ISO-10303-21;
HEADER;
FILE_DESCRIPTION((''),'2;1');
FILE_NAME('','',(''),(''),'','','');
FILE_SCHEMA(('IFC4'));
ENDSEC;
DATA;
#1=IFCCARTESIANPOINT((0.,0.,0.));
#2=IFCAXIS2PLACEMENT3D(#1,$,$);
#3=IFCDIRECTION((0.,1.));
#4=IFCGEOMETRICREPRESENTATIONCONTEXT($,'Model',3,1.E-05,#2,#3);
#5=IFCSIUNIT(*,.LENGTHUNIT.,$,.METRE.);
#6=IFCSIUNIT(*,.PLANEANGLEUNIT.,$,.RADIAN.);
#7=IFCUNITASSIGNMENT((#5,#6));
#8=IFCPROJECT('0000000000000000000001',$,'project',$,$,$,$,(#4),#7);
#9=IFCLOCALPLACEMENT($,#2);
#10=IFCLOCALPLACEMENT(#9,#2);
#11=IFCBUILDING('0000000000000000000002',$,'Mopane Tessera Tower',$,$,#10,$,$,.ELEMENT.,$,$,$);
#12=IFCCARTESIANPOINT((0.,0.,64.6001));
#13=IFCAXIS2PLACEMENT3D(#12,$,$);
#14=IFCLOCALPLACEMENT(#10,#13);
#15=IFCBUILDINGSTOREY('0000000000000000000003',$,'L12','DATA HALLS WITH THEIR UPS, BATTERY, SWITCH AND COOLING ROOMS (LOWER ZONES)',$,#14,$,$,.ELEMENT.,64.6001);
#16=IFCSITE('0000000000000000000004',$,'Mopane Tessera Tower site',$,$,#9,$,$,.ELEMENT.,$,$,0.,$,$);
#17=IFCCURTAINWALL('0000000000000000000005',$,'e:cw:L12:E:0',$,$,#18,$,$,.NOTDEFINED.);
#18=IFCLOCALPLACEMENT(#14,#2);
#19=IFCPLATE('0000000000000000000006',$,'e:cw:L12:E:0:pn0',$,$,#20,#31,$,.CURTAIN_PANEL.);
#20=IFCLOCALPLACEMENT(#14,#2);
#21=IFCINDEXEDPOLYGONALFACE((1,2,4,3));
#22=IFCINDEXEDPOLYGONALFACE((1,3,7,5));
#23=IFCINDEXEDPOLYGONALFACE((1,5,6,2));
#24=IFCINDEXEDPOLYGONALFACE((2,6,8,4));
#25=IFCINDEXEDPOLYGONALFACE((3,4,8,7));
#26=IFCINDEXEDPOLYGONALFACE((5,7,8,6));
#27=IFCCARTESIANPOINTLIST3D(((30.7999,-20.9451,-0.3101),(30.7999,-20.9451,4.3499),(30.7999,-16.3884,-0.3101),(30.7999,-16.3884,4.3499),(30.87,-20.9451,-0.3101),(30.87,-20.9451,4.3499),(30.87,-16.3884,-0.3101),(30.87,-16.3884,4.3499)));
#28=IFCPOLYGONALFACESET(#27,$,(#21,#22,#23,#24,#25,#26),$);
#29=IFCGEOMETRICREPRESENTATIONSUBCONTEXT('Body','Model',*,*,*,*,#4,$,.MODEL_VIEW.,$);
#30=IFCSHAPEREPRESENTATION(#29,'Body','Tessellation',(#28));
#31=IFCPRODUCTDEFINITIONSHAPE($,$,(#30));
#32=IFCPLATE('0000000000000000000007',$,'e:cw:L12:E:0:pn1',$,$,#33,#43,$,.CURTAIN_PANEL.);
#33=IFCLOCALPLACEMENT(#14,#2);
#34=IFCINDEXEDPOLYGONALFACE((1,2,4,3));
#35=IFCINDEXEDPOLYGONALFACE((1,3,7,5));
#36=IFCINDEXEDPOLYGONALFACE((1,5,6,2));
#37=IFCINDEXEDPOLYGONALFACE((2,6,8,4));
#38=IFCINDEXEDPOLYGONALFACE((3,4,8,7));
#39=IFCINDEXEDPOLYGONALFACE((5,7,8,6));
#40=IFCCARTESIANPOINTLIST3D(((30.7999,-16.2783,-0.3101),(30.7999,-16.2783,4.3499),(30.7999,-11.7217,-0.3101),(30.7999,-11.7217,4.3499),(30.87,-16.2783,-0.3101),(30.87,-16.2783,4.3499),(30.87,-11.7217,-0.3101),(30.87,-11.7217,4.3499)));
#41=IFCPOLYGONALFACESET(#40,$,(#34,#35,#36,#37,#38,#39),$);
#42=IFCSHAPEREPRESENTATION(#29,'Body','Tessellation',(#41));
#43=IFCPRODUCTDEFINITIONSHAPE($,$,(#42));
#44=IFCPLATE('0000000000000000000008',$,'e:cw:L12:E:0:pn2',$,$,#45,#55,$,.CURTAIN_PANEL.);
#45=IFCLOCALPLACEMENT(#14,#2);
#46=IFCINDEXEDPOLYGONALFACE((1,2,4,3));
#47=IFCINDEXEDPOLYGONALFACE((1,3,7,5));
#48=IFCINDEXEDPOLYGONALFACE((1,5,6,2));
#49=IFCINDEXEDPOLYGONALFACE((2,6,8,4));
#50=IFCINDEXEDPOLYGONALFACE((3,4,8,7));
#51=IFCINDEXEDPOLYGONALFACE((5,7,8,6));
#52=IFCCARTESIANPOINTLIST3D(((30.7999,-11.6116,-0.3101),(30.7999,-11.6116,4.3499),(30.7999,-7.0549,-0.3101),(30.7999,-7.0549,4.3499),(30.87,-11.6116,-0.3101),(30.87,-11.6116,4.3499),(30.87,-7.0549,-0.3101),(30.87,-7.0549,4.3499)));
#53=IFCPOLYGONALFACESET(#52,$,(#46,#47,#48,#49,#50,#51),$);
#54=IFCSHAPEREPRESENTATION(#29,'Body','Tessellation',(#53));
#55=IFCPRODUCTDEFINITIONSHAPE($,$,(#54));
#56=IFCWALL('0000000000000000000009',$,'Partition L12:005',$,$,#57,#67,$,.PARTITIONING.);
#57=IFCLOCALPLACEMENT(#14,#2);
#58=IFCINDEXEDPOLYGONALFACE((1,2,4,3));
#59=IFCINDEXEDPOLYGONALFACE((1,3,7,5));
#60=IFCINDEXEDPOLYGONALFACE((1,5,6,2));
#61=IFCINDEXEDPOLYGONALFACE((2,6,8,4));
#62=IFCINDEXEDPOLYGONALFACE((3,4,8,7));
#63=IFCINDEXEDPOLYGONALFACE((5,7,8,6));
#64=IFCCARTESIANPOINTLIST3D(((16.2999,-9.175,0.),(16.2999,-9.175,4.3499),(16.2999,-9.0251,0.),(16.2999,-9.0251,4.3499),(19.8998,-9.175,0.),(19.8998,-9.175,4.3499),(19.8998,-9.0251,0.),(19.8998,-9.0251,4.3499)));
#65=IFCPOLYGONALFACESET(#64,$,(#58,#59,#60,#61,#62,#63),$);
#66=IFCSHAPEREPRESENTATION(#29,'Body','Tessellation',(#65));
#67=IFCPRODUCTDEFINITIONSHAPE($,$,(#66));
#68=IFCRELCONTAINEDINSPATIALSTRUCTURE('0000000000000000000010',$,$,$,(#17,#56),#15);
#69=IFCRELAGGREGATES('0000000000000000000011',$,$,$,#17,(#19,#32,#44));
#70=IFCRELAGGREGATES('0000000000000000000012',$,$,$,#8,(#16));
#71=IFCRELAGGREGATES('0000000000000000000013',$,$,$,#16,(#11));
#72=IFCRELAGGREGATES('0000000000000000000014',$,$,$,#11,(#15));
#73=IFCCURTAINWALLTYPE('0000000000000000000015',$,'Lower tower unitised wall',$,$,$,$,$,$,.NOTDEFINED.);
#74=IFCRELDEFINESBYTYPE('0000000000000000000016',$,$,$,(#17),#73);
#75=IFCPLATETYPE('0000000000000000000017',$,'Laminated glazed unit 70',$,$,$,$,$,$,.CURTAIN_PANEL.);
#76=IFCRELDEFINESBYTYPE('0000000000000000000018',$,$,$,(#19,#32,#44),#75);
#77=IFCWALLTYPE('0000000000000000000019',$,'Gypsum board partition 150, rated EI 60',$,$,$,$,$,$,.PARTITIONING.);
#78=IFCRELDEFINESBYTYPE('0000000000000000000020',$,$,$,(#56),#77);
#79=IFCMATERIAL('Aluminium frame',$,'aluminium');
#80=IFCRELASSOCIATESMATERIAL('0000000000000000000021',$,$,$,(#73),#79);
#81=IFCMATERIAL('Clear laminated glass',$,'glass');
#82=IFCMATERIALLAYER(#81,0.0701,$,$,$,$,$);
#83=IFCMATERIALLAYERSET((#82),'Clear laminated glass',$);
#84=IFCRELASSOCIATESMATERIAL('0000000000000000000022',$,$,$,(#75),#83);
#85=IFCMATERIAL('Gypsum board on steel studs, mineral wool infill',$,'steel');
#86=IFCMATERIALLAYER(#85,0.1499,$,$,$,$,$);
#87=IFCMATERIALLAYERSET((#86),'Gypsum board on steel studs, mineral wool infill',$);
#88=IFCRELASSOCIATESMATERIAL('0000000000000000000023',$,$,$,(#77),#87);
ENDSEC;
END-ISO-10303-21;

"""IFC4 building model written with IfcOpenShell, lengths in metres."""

from ifc_helpers import new_model, si_unit, direction, frame, frame_2d, origin, origin_2d, place, context, subcontext, project, spatial, rectangle, extrude, material, layer, layer_set, type_object, element, aggregate, save


model = new_model("IFC4")

# Units and contexts
model_context = context("Model", 3, precision=1e-05, world=origin(), true_north=direction((0.0, 1.0)))
body_context = subcontext(model_context, "Body", "Model", "MODEL_VIEW")
ifc_project = project(units=[si_unit("LENGTHUNIT", "METRE"), si_unit("PLANEANGLEUNIT", "RADIAN")], contexts=[model_context])

# Site, building, storey
site_placement = place(None, origin())
site = spatial("IfcSite", under=ifc_project, at=site_placement, Name="Mopane Tessera Tower site", CompositionType="ELEMENT", RefElevation=0.0)
building_placement = place(site_placement, origin())
building = spatial("IfcBuilding", under=site, at=building_placement, Name="Mopane Tessera Tower", CompositionType="ELEMENT")
storey_placement = place(building_placement, frame((0.0, 0.0, 64.6001)))
storey = spatial("IfcBuildingStorey", under=building, at=storey_placement, Name="L12", Description="DATA HALLS WITH THEIR UPS, BATTERY, SWITCH AND COOLING ROOMS (LOWER ZONES)", CompositionType="ELEMENT", Elevation=64.6001)

# Curtain wall
ifc_material_1 = material(Name="Aluminium frame", Category="aluminium")
curtain_wall_type = type_object("IfcCurtainWallType", Name="Lower tower unitised wall", PredefinedType="NOTDEFINED", material=ifc_material_1)
curtain_wall_1_placement = place(storey_placement, origin())
curtain_wall_1 = element("IfcCurtainWall", 1, at=curtain_wall_1_placement, inside=storey, type_object=curtain_wall_type, Name="e:cw:L12:E:0", PredefinedType="NOTDEFINED")

# Plates
ifc_material_2 = material(Name="Clear laminated glass", Category="glass")
ifc_layer_1 = layer(ifc_material_2, 0.0701)
ifc_layer_set_1 = layer_set([ifc_layer_1], Name="Clear laminated glass")
plate_type = type_object("IfcPlateType", Name="Laminated glazed unit 70", PredefinedType="CURTAIN_PANEL", material=ifc_layer_set_1)
plate_1_placement = place(storey_placement, frame((30.835, -18.6667, -0.3101), z_axis=(0.0, 0.0, 1.0), x_axis=(0.0, 1.0, 0.0)))
plate_1 = element("IfcPlate", 2, at=plate_1_placement, type_object=plate_type, Name="e:cw:L12:E:0:pn0", PredefinedType="CURTAIN_PANEL", context=body_context, shape_type="SweptSolid", body=[
    extrude(rectangle(XDim=4.5566, YDim=0.0701, at=origin_2d()), origin(), (0.0, 0.0, 1.0), 4.6599),
])
plate_2_placement = place(storey_placement, frame((30.835, -14.0, -0.3101), z_axis=(0.0, 0.0, 1.0), x_axis=(0.0, 1.0, 0.0)))
plate_2 = element("IfcPlate", 3, at=plate_2_placement, type_object=plate_type, Name="e:cw:L12:E:0:pn1", PredefinedType="CURTAIN_PANEL", context=body_context, shape_type="SweptSolid", body=[
    extrude(rectangle(XDim=4.5566, YDim=0.0701, at=origin_2d()), origin(), (0.0, 0.0, 1.0), 4.6599),
])
plate_3_placement = place(storey_placement, frame((30.835, -9.3333, -0.3101), z_axis=(0.0, 0.0, 1.0), x_axis=(0.0, 1.0, 0.0)))
plate_3 = element("IfcPlate", 4, at=plate_3_placement, type_object=plate_type, Name="e:cw:L12:E:0:pn2", PredefinedType="CURTAIN_PANEL", context=body_context, shape_type="SweptSolid", body=[
    extrude(rectangle(XDim=4.5566, YDim=0.0701, at=origin_2d()), origin(), (0.0, 0.0, 1.0), 4.6599),
])
aggregate(curtain_wall_1, [plate_1, plate_2, plate_3])

# Wall
ifc_material_3 = material(Name="Gypsum board on steel studs, mineral wool infill", Category="steel")
ifc_layer_2 = layer(ifc_material_3, 0.1499)
ifc_layer_set_2 = layer_set([ifc_layer_2], Name="Gypsum board on steel studs, mineral wool infill")
wall_type = type_object("IfcWallType", Name="Gypsum board partition 150, rated EI 60", PredefinedType="PARTITIONING", material=ifc_layer_set_2)
wall_placement = place(storey_placement, frame((16.3, -9.1001, 0.0), z_axis=(0.0, 0.0, 1.0), x_axis=(1.0, 0.0, 0.0)))
element("IfcWall", 5, at=wall_placement, inside=storey, type_object=wall_type, Name="Partition L12:005", PredefinedType="PARTITIONING", context=body_context, shape_type="SweptSolid", body=[
    extrude(rectangle(XDim=3.5999, YDim=0.1499, at=frame_2d((1.7998, 0.0))), origin(), (0.0, 0.0, 1.0), 4.3499),
])

save(model, "model.ifc")
